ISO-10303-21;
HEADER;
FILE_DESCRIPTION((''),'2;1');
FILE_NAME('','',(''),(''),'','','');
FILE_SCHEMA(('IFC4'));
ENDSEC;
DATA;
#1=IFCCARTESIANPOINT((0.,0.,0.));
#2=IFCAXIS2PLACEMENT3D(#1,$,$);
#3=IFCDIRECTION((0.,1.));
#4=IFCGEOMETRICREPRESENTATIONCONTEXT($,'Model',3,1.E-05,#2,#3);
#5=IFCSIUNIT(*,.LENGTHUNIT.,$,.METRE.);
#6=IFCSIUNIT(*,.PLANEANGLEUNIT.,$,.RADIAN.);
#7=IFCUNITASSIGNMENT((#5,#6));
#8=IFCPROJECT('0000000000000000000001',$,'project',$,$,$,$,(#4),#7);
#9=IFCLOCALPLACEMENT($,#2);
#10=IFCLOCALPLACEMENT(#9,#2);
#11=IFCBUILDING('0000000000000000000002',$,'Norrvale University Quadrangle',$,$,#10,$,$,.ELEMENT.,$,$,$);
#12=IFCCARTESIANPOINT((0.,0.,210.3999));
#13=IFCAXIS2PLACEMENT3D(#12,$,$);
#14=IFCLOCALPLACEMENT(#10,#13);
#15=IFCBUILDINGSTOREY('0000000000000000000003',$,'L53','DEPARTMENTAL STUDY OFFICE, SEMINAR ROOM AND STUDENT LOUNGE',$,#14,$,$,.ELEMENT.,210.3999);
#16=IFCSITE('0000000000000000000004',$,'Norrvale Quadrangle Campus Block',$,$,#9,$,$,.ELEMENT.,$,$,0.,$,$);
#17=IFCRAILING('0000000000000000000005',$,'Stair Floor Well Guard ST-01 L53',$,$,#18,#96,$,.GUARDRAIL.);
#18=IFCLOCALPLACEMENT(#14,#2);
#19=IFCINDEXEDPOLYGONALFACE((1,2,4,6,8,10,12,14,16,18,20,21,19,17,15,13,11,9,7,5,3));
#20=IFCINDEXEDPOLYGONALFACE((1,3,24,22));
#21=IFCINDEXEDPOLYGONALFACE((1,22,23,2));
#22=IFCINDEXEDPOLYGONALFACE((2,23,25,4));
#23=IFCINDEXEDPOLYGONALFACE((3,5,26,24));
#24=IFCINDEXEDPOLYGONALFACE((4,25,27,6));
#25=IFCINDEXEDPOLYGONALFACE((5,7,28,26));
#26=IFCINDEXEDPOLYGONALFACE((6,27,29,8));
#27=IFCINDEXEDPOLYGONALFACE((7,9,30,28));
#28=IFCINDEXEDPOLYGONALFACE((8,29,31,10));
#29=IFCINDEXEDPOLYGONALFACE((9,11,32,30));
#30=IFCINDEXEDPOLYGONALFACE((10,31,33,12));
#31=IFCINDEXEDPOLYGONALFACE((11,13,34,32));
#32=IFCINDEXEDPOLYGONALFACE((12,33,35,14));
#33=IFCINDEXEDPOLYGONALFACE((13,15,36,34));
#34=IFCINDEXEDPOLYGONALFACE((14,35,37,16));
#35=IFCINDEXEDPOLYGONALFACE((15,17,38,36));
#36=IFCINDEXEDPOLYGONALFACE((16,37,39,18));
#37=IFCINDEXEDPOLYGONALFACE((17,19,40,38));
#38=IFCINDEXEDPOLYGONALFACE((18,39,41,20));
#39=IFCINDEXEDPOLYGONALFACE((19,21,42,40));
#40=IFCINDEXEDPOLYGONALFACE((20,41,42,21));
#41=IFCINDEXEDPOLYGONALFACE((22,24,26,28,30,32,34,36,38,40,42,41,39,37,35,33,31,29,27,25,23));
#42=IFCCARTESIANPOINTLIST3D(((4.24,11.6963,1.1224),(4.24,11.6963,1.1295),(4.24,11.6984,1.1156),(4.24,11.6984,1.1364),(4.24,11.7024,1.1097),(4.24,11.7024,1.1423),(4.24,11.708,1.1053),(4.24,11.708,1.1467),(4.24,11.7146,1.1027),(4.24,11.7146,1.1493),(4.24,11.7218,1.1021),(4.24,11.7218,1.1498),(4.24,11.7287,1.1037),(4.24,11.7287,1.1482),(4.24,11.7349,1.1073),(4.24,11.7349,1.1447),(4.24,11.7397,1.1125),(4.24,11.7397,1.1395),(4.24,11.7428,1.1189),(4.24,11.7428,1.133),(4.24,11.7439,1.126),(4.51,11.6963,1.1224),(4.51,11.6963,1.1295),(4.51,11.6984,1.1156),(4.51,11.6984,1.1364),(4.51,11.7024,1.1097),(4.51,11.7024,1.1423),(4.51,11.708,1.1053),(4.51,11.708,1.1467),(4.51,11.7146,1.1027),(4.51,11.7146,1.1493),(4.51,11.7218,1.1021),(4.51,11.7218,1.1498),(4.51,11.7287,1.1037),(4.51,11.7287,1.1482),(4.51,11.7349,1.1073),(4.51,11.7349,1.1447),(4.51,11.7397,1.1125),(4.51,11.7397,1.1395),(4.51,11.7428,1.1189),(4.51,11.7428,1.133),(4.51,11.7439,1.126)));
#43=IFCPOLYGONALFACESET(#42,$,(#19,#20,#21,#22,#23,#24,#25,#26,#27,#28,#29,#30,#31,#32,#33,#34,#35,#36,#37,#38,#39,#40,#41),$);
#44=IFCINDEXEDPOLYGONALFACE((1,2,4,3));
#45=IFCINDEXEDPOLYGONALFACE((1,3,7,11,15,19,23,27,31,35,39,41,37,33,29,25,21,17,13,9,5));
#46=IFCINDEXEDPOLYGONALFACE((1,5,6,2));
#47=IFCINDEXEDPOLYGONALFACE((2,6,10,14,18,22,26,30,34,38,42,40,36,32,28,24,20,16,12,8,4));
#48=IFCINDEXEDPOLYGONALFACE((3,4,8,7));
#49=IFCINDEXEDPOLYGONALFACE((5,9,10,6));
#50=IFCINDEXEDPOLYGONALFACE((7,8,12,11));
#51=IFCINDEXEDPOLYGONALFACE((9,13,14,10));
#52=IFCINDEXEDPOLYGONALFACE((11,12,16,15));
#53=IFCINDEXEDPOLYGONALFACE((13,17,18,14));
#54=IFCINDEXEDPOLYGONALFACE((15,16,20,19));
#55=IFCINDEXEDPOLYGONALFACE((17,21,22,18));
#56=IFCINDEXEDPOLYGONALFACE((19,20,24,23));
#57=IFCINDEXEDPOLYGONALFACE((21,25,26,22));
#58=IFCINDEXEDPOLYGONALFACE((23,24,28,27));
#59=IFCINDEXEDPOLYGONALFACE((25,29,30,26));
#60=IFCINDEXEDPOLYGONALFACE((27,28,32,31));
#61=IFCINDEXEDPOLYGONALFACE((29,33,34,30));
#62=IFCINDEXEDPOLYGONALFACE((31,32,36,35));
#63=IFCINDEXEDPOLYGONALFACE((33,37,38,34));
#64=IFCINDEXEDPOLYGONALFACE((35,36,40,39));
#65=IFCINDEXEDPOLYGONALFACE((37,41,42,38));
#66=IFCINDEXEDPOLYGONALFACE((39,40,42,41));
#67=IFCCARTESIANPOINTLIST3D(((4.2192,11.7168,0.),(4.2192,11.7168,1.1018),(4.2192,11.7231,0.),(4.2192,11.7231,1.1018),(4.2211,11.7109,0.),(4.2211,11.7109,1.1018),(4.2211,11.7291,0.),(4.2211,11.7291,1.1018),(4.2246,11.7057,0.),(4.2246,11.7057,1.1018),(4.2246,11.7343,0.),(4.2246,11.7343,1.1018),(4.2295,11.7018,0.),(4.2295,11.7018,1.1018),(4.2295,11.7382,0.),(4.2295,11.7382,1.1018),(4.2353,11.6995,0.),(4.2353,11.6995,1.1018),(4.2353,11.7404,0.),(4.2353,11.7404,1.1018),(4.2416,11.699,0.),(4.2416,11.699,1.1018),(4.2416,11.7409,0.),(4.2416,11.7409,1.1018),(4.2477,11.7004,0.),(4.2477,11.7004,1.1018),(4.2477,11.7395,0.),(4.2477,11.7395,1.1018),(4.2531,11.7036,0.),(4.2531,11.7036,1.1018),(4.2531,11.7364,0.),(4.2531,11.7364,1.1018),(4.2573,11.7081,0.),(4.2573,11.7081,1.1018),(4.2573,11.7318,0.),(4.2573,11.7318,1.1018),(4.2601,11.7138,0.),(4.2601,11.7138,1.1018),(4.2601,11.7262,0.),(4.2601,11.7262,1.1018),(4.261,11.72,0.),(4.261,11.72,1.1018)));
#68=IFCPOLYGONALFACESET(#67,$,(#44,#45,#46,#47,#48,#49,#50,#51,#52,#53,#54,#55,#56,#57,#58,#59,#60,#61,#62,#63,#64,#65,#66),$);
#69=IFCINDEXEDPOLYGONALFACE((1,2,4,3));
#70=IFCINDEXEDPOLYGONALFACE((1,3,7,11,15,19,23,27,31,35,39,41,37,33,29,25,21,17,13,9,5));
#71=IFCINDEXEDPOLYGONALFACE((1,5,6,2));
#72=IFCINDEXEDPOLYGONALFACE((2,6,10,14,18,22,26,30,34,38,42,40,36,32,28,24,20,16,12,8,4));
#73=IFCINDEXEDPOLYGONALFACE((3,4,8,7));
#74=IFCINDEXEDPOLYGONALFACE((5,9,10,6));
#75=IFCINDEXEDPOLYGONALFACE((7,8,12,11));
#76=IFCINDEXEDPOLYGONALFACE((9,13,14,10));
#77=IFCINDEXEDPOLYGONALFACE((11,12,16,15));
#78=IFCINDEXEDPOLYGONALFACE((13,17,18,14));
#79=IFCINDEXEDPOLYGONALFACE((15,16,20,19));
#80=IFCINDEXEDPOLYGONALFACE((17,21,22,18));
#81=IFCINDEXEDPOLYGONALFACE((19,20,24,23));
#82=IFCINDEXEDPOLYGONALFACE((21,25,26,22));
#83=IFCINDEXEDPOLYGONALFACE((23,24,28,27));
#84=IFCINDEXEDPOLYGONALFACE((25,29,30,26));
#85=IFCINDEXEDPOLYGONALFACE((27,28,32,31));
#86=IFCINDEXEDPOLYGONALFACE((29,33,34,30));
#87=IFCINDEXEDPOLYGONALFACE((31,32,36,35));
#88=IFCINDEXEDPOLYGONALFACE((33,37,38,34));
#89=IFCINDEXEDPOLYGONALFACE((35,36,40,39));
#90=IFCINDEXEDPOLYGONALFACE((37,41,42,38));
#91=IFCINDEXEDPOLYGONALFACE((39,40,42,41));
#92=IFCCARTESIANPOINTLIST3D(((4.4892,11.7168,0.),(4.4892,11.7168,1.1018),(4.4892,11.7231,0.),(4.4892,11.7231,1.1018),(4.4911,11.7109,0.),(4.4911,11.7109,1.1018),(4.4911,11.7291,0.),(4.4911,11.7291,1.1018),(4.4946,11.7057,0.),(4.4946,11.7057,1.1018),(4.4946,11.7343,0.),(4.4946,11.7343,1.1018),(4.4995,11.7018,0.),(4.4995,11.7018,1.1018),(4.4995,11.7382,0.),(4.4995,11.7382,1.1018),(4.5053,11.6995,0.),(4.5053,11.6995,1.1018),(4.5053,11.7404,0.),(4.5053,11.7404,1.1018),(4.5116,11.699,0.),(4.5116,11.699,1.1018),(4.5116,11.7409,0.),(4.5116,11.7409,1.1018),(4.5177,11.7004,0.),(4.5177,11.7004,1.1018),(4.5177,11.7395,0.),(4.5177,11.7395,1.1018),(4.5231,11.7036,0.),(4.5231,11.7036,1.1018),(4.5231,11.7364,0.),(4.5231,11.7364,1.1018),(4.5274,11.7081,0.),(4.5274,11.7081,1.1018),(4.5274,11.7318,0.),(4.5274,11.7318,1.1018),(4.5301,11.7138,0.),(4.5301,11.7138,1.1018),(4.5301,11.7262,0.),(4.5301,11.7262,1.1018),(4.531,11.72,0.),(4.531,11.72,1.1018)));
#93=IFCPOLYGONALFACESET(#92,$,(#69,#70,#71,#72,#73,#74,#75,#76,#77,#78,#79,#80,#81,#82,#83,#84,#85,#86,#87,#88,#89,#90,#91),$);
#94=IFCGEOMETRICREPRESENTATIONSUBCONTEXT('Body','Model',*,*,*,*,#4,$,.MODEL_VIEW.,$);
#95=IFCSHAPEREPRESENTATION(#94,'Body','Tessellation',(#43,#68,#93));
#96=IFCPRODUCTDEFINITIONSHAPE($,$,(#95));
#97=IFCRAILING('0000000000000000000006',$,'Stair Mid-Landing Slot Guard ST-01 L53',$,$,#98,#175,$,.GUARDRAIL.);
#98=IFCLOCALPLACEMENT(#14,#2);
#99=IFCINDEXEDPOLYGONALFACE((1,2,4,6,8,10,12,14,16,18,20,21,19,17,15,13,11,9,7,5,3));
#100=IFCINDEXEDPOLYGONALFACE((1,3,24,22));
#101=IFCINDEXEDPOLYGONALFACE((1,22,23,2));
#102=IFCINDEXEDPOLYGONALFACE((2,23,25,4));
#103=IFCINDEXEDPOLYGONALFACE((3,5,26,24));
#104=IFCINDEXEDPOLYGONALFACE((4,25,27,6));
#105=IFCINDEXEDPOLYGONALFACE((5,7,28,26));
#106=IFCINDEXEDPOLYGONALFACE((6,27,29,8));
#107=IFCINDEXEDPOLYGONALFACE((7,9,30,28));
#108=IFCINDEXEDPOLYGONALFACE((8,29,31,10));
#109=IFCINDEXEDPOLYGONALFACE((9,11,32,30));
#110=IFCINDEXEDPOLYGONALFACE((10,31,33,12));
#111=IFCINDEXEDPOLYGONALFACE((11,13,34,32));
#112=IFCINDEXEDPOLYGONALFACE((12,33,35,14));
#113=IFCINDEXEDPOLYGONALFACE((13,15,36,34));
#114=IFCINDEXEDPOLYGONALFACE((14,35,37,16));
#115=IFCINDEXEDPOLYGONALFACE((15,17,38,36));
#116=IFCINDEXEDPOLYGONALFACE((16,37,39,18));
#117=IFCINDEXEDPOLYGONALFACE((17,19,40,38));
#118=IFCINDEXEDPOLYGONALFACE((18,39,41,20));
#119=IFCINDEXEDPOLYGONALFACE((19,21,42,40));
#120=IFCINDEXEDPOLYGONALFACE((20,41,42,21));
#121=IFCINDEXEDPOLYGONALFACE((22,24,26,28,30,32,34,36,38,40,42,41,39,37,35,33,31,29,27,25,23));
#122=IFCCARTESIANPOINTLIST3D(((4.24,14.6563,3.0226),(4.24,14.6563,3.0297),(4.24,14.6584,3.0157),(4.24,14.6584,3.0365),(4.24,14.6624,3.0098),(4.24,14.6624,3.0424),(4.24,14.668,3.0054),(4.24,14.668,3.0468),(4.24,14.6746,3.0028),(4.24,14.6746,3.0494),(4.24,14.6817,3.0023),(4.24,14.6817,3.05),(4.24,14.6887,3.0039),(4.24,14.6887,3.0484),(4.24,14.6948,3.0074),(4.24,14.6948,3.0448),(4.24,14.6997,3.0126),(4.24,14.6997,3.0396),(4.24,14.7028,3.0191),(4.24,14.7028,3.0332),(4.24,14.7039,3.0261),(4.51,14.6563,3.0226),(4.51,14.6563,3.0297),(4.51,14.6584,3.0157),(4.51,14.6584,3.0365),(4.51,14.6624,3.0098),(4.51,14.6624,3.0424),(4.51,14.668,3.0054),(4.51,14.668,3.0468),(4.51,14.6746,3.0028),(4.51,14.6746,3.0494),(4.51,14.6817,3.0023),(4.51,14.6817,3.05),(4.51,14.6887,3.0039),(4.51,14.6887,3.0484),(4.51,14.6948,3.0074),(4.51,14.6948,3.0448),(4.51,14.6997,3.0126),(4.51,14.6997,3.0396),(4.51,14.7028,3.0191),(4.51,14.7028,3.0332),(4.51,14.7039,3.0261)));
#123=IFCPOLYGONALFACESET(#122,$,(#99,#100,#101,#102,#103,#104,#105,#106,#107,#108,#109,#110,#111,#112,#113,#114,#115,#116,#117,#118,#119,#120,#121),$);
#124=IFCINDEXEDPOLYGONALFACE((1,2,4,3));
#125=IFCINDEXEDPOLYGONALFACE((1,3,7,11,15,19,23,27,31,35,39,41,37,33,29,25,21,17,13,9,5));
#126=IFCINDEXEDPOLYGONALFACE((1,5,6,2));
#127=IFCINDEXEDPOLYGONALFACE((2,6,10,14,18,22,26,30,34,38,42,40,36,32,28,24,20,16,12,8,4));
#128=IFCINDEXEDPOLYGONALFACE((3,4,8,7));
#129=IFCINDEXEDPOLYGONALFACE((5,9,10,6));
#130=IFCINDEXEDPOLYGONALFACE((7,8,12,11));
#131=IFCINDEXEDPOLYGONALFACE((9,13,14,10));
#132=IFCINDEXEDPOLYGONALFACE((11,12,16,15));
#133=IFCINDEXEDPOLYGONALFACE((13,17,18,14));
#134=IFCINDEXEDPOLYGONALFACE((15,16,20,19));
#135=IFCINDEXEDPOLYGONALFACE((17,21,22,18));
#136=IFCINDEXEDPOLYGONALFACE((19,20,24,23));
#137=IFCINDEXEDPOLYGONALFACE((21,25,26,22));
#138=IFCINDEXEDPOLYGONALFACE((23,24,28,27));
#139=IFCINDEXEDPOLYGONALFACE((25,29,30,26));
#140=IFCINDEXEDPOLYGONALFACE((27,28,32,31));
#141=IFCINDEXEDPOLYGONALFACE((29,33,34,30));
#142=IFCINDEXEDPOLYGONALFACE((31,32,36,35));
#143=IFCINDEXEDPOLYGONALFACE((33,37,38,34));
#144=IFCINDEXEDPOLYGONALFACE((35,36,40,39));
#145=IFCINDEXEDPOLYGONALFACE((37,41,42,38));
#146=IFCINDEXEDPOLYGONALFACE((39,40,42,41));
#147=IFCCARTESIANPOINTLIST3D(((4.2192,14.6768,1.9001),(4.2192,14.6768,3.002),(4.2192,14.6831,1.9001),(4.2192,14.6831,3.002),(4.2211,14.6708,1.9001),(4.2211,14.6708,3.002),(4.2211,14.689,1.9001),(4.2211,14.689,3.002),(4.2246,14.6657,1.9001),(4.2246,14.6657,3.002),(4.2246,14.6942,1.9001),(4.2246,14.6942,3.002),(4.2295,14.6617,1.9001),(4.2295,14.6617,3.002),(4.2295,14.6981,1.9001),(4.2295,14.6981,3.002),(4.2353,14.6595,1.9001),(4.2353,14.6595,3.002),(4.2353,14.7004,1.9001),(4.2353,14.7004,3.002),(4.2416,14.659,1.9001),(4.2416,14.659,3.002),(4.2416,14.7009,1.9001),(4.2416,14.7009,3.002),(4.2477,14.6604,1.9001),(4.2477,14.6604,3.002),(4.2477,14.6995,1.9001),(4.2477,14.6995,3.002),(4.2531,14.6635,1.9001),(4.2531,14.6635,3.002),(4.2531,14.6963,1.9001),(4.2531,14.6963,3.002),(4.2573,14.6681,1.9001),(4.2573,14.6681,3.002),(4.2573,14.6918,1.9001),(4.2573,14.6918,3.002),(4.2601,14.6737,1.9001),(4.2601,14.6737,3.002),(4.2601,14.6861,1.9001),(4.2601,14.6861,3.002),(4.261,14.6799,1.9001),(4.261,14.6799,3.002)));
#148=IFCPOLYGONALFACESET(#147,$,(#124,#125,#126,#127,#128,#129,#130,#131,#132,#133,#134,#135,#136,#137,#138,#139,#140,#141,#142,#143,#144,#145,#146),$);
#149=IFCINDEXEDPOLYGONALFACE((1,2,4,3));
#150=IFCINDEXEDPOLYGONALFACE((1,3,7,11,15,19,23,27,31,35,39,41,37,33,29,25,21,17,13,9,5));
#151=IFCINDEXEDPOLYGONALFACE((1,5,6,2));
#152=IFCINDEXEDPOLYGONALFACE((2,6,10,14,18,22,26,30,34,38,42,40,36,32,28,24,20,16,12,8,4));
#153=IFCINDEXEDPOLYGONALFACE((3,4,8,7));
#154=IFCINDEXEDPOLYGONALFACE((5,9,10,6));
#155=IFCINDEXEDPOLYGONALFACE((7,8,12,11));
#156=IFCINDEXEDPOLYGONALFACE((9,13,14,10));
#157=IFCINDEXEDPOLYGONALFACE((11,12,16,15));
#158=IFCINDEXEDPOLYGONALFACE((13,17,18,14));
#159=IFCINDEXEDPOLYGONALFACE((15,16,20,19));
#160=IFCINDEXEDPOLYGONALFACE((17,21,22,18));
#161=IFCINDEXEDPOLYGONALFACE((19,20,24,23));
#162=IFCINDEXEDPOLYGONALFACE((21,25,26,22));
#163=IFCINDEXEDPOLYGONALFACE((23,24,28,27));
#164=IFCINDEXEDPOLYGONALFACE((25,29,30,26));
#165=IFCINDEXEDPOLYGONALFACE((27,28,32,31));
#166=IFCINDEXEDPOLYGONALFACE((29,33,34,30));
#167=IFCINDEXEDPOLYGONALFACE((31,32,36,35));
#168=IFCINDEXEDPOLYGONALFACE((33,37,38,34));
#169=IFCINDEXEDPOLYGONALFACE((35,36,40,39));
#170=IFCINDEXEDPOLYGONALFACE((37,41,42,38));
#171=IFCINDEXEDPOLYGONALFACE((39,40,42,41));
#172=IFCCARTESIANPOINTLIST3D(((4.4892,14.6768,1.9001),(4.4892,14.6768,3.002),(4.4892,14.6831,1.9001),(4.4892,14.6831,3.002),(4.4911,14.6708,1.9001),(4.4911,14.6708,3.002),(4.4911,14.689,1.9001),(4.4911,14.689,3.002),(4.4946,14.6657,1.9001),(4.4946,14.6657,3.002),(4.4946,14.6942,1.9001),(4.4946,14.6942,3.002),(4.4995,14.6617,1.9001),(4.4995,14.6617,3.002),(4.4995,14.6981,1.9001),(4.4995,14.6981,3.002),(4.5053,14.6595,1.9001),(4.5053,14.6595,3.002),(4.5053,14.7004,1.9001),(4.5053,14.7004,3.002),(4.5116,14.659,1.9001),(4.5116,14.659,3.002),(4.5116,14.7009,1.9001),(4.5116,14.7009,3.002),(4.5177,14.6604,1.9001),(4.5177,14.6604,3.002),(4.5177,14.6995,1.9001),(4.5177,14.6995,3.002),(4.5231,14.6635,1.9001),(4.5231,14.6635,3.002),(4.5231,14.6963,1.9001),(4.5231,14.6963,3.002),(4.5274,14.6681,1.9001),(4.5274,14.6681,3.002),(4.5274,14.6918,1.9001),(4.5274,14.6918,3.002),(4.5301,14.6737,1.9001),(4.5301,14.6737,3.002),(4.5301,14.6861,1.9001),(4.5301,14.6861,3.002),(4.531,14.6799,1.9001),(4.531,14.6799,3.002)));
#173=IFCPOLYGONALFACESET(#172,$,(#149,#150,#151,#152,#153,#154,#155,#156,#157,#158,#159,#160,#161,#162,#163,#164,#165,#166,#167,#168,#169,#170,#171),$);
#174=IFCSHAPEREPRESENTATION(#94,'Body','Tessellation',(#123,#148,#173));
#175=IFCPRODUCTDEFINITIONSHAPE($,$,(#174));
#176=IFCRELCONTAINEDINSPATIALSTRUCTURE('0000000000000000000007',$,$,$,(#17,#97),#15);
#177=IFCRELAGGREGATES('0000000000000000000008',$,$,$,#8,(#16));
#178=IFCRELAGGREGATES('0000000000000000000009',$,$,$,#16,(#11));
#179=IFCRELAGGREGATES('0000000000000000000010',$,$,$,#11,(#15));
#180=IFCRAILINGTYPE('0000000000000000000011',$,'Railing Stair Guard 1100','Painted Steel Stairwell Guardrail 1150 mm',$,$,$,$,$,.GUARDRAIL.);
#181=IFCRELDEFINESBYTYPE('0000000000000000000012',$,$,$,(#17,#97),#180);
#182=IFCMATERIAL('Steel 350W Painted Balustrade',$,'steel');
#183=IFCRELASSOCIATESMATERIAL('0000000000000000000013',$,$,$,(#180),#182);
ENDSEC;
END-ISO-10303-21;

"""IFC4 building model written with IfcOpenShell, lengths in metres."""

from ifc_helpers import new_model, si_unit, direction, frame, origin, origin_2d, place, context, subcontext, project, spatial, circle, extrude, material, type_object, element, save


model = new_model("IFC4")

# Units and contexts
model_context = context("Model", 3, precision=1e-05, world=origin(), true_north=direction((0.0, 1.0)))
body_context = subcontext(model_context, "Body", "Model", "MODEL_VIEW")
ifc_project = project(units=[si_unit("LENGTHUNIT", "METRE"), si_unit("PLANEANGLEUNIT", "RADIAN")], contexts=[model_context])

# Site, building, storey
site_placement = place(None, origin())
site = spatial("IfcSite", under=ifc_project, at=site_placement, Name="Norrvale Quadrangle Campus Block", CompositionType="ELEMENT", RefElevation=0.0)
building_placement = place(site_placement, origin())
building = spatial("IfcBuilding", under=site, at=building_placement, Name="Norrvale University Quadrangle", CompositionType="ELEMENT")
storey_placement = place(building_placement, frame((0.0, 0.0, 210.3999)))
storey = spatial("IfcBuildingStorey", under=building, at=storey_placement, Name="L53", Description="DEPARTMENTAL STUDY OFFICE, SEMINAR ROOM AND STUDENT LOUNGE", CompositionType="ELEMENT", Elevation=210.3999)

# Railings
ifc_material_1 = material(Name="Steel 350W Painted Balustrade", Category="steel")
railing_type_1 = type_object("IfcRailingType", Name="Railing Stair Guard 1100", Description="Painted Steel Stairwell Guardrail 1150 mm", PredefinedType="GUARDRAIL", material=ifc_material_1)
for number, where, name in (
    (1, (4.24, 11.72, 0.0), "Stair Floor Well Guard ST-01 L53"),
    (2, (4.24, 14.6799, 1.9001), "Stair Mid-Landing Slot Guard ST-01 L53"),
):
    element("IfcRailing", number, at=place(storey_placement, frame(where)), inside=storey, type_object=railing_type_1, Name=name, PredefinedType="GUARDRAIL", context=body_context, shape_type="SweptSolid", body=[
        extrude(circle(Radius=0.0239, at=origin_2d()), frame((0.0, 0.0, 1.126), z_axis=(1.0, 0.0, 0.0), x_axis=(0.0, 1.0, 0.0)), (0.0, 0.0, 1.0), 0.27),
        extrude(circle(Radius=0.021, at=origin_2d()), origin(), (0.0, 0.0, 1.0), 1.1018),
        extrude(circle(Radius=0.021, at=origin_2d()), frame((0.27, 0.0, 0.0)), (0.0, 0.0, 1.0), 1.1018),
    ])

save(model, "model.ifc")
